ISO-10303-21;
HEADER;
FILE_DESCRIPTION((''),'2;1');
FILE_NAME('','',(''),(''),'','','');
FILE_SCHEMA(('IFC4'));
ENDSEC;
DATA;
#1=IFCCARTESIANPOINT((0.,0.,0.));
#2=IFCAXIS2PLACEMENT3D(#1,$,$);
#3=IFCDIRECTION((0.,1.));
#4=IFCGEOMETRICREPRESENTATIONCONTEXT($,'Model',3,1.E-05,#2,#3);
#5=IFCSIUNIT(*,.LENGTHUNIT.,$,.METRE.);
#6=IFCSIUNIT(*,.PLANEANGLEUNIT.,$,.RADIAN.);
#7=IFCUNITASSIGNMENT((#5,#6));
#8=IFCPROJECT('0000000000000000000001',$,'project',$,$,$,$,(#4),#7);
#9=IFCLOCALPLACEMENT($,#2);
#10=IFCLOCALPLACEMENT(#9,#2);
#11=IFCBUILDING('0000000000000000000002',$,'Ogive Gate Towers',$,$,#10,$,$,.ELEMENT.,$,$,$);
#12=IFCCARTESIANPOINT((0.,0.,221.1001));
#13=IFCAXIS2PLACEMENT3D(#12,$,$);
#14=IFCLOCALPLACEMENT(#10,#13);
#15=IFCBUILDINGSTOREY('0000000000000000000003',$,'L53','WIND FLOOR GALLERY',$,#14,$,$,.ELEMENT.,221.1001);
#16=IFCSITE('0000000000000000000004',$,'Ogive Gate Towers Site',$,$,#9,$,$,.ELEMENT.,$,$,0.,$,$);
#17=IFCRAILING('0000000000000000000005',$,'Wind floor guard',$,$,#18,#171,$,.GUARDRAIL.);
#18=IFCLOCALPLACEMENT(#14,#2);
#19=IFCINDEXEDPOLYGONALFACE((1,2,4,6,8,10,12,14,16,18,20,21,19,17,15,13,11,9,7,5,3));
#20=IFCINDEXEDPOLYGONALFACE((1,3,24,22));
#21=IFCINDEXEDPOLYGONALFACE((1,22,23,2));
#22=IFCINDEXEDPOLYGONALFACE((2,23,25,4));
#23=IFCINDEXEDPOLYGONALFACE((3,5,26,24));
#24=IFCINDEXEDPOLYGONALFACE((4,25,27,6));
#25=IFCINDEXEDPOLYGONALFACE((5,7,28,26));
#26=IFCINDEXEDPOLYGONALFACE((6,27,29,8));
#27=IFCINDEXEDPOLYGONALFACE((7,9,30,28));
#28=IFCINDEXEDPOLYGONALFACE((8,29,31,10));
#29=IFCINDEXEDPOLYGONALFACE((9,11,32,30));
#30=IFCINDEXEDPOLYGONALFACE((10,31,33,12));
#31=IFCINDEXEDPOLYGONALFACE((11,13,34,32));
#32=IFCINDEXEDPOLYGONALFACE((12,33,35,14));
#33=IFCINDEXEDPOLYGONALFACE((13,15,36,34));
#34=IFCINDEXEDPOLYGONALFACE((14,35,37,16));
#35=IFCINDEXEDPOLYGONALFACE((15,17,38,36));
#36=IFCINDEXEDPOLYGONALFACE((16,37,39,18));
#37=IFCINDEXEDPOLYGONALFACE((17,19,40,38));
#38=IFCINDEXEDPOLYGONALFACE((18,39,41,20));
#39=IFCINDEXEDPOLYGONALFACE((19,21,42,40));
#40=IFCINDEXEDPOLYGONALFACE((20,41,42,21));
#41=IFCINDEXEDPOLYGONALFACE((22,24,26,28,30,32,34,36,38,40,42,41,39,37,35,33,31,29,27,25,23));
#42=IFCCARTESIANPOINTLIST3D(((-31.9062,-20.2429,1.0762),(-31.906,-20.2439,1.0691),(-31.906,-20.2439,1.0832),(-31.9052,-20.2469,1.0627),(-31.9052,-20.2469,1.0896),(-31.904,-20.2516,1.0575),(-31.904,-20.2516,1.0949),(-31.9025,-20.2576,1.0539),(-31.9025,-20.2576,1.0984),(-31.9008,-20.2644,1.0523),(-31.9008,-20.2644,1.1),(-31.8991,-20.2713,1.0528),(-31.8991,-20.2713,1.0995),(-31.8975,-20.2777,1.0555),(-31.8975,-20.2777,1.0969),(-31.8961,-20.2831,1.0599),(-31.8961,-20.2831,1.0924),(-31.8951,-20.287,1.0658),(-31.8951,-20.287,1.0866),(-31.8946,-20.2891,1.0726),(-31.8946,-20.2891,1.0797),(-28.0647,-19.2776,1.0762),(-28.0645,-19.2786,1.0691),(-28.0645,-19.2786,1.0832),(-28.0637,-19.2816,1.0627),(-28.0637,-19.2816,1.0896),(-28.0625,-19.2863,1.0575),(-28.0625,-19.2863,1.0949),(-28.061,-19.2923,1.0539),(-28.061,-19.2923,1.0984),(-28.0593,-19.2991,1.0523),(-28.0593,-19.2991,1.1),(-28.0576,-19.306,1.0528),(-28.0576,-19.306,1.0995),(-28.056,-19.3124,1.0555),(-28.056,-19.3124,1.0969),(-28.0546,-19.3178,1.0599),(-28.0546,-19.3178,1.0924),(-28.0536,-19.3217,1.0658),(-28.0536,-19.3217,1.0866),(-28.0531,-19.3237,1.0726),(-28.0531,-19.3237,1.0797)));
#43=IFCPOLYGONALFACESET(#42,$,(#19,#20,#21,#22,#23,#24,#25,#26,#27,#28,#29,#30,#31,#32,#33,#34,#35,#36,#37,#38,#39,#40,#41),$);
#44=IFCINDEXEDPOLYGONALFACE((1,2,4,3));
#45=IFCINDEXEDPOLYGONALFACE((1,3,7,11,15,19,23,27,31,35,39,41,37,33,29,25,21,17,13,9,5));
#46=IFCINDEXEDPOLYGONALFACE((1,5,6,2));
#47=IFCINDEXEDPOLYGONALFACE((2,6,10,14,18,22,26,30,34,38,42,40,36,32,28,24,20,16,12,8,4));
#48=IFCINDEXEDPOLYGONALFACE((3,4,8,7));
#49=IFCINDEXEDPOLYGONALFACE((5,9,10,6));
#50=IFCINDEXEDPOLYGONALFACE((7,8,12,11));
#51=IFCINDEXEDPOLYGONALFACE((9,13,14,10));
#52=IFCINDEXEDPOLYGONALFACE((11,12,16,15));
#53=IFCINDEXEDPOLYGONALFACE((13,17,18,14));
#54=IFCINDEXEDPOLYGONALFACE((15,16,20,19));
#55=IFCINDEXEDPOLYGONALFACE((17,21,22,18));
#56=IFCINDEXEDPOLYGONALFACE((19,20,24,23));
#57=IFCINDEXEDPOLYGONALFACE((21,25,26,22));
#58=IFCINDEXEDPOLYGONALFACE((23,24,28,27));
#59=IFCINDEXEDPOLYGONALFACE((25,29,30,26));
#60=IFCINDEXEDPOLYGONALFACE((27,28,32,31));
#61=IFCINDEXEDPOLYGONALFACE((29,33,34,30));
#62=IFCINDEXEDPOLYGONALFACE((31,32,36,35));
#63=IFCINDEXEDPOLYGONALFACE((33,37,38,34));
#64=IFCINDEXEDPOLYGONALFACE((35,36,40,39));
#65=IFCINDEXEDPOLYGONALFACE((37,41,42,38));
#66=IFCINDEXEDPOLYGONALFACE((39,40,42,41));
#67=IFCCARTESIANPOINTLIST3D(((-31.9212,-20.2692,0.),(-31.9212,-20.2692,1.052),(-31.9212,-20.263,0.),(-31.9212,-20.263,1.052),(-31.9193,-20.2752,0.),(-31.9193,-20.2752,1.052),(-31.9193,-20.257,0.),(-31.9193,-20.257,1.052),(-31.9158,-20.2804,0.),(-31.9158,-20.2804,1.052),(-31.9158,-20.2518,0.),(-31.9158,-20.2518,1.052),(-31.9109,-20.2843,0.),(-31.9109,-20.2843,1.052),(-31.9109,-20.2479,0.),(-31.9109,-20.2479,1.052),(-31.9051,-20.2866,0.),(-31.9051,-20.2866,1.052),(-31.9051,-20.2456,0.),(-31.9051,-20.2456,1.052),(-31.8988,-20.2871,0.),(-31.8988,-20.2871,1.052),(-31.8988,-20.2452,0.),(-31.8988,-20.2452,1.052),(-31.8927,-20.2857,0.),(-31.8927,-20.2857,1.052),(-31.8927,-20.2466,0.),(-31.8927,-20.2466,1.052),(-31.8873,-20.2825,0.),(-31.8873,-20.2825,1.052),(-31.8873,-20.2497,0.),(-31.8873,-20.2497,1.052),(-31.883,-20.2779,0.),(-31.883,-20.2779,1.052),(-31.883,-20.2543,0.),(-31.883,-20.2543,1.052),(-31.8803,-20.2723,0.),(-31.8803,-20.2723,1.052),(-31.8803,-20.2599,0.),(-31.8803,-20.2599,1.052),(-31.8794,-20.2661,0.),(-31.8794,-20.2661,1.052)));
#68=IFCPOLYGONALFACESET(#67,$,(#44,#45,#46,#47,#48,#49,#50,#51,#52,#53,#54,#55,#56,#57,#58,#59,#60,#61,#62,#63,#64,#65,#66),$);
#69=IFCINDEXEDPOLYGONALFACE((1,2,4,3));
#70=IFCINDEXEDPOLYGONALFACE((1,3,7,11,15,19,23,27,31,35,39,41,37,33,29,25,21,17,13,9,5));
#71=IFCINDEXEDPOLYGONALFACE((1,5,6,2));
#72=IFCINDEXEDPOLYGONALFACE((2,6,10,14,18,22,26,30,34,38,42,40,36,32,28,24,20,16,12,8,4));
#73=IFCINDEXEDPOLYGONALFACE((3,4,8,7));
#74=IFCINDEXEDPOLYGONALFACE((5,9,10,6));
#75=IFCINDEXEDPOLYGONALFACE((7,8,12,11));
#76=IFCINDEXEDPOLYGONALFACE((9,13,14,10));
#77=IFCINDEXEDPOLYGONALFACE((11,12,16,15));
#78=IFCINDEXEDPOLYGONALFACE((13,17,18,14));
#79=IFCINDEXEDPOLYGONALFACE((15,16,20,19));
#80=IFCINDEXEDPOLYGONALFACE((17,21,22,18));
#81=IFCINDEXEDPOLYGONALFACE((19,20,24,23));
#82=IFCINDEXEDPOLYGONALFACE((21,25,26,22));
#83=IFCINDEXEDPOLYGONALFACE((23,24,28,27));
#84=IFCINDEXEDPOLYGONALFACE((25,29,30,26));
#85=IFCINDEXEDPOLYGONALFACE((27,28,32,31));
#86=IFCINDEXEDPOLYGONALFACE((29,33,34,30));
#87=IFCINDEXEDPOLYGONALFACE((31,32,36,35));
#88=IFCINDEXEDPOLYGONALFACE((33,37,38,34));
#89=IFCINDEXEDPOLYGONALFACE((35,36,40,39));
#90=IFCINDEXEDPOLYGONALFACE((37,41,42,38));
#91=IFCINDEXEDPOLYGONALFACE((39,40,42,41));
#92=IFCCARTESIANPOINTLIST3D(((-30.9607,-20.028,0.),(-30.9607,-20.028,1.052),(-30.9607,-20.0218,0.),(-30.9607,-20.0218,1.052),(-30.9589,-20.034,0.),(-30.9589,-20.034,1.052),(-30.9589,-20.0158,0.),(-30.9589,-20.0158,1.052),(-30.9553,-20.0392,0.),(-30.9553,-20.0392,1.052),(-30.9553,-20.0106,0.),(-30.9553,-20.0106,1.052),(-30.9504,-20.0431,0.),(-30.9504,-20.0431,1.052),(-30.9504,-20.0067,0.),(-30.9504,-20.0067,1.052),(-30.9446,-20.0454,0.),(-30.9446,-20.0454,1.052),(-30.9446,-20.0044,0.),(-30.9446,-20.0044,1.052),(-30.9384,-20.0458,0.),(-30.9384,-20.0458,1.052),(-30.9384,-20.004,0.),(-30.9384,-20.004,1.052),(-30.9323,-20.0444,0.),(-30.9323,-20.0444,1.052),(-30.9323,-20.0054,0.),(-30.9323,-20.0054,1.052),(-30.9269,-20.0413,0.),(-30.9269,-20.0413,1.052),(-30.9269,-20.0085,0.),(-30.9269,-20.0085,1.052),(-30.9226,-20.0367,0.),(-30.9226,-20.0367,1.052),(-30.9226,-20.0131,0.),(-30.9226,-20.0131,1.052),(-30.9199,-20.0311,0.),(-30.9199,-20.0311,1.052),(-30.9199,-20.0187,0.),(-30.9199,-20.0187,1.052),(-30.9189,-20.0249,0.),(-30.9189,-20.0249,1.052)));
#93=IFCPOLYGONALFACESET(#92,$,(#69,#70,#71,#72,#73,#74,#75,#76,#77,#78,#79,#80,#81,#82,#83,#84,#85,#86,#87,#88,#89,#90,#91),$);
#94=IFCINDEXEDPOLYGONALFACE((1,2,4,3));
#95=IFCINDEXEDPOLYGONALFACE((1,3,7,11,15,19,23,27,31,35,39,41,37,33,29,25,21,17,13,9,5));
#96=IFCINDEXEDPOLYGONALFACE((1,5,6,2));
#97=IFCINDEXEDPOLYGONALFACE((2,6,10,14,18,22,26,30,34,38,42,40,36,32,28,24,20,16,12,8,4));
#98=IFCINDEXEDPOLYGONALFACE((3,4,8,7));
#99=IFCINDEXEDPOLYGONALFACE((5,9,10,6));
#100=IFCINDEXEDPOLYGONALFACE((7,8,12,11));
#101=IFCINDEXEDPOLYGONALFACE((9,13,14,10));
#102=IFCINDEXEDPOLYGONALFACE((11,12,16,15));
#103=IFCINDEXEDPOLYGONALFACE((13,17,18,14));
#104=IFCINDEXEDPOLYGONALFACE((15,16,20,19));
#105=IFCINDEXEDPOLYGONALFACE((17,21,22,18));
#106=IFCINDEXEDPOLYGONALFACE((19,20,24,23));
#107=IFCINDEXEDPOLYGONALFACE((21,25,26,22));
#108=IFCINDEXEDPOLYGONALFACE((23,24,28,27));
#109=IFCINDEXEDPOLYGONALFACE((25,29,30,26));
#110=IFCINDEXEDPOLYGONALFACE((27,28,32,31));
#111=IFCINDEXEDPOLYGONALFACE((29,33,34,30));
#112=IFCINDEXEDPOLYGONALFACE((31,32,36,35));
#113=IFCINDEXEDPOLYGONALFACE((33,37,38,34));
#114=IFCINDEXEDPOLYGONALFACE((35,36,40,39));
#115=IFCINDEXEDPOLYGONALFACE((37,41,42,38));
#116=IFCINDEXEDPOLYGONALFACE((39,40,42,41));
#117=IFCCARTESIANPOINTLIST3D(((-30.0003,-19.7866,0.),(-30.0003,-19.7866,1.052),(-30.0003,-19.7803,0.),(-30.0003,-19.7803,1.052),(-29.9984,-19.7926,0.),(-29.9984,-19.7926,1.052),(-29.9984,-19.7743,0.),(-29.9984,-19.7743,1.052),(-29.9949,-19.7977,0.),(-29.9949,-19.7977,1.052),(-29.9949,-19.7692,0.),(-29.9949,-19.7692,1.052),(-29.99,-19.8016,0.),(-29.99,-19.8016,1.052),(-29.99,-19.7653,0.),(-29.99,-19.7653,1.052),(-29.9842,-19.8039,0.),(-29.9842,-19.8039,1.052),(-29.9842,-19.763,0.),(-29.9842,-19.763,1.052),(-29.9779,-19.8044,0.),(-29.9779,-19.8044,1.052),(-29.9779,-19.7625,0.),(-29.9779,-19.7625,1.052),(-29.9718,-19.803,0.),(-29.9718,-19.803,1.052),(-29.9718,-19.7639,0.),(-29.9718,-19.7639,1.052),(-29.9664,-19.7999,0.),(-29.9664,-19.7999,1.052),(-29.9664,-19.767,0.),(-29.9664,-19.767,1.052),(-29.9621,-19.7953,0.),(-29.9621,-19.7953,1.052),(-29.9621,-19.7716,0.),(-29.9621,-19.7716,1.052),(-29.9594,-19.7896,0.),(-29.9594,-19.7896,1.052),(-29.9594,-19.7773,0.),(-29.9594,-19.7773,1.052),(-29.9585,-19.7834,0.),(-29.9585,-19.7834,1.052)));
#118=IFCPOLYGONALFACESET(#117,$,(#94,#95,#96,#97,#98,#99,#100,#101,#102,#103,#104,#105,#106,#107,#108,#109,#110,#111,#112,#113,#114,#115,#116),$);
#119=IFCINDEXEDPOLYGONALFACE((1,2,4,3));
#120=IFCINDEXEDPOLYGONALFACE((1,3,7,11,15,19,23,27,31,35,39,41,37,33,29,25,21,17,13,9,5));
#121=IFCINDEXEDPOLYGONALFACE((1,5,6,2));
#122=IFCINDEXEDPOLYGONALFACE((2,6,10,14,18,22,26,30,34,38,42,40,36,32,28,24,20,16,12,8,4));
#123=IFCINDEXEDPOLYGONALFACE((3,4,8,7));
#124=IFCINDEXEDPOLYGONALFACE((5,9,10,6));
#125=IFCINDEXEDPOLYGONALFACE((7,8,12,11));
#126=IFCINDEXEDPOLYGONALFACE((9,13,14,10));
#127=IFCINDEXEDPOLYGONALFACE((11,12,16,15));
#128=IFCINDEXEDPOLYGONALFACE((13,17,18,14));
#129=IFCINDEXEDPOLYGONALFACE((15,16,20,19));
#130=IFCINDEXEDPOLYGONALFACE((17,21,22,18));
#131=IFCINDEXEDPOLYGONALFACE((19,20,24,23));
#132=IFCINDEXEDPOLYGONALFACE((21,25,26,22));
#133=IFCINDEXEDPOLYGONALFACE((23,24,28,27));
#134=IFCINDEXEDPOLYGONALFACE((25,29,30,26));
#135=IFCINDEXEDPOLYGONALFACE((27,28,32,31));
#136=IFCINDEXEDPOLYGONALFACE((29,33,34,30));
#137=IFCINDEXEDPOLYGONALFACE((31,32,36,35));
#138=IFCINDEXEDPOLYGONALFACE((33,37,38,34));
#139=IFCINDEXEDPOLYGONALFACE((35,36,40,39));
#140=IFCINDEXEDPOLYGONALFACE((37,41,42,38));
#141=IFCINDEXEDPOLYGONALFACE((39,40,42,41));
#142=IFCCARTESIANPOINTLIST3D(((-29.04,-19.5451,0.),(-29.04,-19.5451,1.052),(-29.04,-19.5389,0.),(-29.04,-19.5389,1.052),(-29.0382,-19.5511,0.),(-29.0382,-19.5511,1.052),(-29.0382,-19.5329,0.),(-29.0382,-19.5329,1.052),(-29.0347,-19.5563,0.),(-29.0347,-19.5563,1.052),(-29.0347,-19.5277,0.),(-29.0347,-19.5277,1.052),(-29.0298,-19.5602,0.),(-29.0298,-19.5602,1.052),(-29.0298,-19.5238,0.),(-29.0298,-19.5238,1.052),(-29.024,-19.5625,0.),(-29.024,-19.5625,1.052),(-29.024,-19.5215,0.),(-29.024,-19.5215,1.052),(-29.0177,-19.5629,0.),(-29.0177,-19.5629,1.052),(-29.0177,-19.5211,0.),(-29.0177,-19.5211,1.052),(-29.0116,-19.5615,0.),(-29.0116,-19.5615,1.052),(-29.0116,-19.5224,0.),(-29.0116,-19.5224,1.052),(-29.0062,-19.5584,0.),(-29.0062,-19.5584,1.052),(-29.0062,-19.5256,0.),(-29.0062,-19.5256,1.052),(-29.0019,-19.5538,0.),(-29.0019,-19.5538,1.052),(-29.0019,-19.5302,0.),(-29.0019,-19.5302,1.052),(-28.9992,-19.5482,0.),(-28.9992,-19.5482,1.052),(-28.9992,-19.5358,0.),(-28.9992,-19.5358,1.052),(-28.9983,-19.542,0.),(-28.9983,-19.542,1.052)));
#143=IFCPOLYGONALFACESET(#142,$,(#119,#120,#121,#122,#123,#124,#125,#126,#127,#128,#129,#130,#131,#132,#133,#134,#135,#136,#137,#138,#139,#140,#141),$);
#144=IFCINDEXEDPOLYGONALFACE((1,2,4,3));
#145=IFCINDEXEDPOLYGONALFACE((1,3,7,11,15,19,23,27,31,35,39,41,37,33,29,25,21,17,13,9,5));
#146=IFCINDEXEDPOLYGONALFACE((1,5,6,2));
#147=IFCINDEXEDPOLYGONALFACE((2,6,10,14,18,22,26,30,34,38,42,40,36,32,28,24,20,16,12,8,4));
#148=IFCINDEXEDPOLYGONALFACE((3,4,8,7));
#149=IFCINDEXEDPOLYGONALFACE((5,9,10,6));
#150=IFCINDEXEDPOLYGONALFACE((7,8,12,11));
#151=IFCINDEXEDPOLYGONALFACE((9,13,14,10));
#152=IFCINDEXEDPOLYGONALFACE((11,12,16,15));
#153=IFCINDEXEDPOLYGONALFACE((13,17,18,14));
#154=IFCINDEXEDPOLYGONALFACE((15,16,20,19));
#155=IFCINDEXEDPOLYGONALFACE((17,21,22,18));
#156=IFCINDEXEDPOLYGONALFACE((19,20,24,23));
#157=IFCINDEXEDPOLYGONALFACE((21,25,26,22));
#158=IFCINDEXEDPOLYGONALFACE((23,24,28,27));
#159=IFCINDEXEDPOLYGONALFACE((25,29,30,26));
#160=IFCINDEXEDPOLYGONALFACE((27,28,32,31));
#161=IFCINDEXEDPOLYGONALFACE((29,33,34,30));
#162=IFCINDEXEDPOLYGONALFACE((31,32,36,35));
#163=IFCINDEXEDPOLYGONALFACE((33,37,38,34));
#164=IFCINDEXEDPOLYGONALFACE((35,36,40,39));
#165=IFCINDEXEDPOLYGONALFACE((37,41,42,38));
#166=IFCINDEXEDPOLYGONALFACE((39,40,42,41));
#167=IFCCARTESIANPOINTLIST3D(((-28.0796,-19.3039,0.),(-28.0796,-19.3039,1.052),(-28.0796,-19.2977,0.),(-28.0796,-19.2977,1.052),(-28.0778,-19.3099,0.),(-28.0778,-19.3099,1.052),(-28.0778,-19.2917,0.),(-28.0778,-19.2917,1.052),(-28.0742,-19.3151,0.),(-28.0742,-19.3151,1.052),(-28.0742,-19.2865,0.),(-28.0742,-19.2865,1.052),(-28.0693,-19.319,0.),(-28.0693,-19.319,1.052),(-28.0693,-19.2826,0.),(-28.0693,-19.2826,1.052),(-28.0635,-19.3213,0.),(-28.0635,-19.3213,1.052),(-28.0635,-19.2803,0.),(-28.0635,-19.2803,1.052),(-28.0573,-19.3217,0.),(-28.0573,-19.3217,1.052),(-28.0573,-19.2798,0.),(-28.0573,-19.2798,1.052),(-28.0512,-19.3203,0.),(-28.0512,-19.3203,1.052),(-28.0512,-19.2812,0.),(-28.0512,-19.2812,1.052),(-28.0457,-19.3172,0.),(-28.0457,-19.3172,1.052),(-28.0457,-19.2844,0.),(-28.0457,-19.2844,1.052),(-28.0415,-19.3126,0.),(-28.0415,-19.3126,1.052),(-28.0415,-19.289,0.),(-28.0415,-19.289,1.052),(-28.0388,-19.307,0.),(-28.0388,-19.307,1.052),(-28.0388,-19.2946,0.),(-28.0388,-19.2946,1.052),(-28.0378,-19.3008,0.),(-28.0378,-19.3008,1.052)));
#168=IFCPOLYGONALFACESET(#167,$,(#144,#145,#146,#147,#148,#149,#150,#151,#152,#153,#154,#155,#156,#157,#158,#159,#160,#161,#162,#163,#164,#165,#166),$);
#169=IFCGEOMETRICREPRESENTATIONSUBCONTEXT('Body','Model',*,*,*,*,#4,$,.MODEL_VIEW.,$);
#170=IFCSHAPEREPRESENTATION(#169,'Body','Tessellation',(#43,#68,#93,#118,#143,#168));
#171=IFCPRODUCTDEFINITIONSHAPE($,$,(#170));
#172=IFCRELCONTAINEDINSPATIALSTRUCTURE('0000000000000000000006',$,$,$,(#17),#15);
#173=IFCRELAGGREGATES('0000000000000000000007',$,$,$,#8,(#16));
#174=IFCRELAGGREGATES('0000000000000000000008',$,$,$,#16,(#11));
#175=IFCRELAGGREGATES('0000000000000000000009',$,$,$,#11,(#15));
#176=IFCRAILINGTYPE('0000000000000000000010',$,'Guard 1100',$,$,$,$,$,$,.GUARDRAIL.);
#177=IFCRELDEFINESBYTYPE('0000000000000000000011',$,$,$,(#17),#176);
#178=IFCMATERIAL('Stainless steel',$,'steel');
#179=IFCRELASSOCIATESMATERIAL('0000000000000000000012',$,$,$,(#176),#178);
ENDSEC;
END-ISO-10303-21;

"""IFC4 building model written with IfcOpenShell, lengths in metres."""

from ifc_helpers import new_model, si_unit, direction, frame, origin, origin_2d, place, context, subcontext, project, spatial, circle, extrude, material, type_object, element, save


model = new_model("IFC4")

# Units and contexts
model_context = context("Model", 3, precision=1e-05, world=origin(), true_north=direction((0.0, 1.0)))
body_context = subcontext(model_context, "Body", "Model", "MODEL_VIEW")
ifc_project = project(units=[si_unit("LENGTHUNIT", "METRE"), si_unit("PLANEANGLEUNIT", "RADIAN")], contexts=[model_context])

# Site, building, storey
site_placement = place(None, origin())
site = spatial("IfcSite", under=ifc_project, at=site_placement, Name="Ogive Gate Towers Site", CompositionType="ELEMENT", RefElevation=0.0)
building_placement = place(site_placement, origin())
building = spatial("IfcBuilding", under=site, at=building_placement, Name="Ogive Gate Towers", CompositionType="ELEMENT")
storey_placement = place(building_placement, frame((0.0, 0.0, 221.1001)))
storey = spatial("IfcBuildingStorey", under=building, at=storey_placement, Name="L53", Description="WIND FLOOR GALLERY", CompositionType="ELEMENT", Elevation=221.1001)

# Railing
ifc_material_1 = material(Name="Stainless steel", Category="steel")
railing_type_1 = type_object("IfcRailingType", Name="Guard 1100", PredefinedType="GUARDRAIL", material=ifc_material_1)
railing_1_placement = place(storey_placement, frame((-31.9004, -20.2661, 0.0)))
element("IfcRailing", 1, at=railing_1_placement, inside=storey, type_object=railing_type_1, Name="Wind floor guard", PredefinedType="GUARDRAIL", context=body_context, shape_type="SweptSolid", body=[
    extrude(circle(Radius=0.0239, at=origin_2d()), frame((0.0, 0.0, 1.0762), z_axis=(0.969848, 0.24371, 0.0), x_axis=(-0.24371, 0.969848, 0.0)), (0.0, 0.0, 1.0), 3.9609),
    extrude(circle(Radius=0.021, at=origin_2d()), origin(), (0.0, 0.0, 1.0), 1.052),
    extrude(circle(Radius=0.021, at=origin_2d()), frame((0.9604, 0.2412, 0.0)), (0.0, 0.0, 1.0), 1.052),
    extrude(circle(Radius=0.021, at=origin_2d()), frame((1.9209, 0.4827, 0.0)), (0.0, 0.0, 1.0), 1.052),
    extrude(circle(Radius=0.021, at=origin_2d()), frame((2.8811, 0.7241, 0.0)), (0.0, 0.0, 1.0), 1.052),
    extrude(circle(Radius=0.021, at=origin_2d()), frame((3.8416, 0.9653, 0.0)), (0.0, 0.0, 1.0), 1.052),
])

save(model, "model.ifc")
